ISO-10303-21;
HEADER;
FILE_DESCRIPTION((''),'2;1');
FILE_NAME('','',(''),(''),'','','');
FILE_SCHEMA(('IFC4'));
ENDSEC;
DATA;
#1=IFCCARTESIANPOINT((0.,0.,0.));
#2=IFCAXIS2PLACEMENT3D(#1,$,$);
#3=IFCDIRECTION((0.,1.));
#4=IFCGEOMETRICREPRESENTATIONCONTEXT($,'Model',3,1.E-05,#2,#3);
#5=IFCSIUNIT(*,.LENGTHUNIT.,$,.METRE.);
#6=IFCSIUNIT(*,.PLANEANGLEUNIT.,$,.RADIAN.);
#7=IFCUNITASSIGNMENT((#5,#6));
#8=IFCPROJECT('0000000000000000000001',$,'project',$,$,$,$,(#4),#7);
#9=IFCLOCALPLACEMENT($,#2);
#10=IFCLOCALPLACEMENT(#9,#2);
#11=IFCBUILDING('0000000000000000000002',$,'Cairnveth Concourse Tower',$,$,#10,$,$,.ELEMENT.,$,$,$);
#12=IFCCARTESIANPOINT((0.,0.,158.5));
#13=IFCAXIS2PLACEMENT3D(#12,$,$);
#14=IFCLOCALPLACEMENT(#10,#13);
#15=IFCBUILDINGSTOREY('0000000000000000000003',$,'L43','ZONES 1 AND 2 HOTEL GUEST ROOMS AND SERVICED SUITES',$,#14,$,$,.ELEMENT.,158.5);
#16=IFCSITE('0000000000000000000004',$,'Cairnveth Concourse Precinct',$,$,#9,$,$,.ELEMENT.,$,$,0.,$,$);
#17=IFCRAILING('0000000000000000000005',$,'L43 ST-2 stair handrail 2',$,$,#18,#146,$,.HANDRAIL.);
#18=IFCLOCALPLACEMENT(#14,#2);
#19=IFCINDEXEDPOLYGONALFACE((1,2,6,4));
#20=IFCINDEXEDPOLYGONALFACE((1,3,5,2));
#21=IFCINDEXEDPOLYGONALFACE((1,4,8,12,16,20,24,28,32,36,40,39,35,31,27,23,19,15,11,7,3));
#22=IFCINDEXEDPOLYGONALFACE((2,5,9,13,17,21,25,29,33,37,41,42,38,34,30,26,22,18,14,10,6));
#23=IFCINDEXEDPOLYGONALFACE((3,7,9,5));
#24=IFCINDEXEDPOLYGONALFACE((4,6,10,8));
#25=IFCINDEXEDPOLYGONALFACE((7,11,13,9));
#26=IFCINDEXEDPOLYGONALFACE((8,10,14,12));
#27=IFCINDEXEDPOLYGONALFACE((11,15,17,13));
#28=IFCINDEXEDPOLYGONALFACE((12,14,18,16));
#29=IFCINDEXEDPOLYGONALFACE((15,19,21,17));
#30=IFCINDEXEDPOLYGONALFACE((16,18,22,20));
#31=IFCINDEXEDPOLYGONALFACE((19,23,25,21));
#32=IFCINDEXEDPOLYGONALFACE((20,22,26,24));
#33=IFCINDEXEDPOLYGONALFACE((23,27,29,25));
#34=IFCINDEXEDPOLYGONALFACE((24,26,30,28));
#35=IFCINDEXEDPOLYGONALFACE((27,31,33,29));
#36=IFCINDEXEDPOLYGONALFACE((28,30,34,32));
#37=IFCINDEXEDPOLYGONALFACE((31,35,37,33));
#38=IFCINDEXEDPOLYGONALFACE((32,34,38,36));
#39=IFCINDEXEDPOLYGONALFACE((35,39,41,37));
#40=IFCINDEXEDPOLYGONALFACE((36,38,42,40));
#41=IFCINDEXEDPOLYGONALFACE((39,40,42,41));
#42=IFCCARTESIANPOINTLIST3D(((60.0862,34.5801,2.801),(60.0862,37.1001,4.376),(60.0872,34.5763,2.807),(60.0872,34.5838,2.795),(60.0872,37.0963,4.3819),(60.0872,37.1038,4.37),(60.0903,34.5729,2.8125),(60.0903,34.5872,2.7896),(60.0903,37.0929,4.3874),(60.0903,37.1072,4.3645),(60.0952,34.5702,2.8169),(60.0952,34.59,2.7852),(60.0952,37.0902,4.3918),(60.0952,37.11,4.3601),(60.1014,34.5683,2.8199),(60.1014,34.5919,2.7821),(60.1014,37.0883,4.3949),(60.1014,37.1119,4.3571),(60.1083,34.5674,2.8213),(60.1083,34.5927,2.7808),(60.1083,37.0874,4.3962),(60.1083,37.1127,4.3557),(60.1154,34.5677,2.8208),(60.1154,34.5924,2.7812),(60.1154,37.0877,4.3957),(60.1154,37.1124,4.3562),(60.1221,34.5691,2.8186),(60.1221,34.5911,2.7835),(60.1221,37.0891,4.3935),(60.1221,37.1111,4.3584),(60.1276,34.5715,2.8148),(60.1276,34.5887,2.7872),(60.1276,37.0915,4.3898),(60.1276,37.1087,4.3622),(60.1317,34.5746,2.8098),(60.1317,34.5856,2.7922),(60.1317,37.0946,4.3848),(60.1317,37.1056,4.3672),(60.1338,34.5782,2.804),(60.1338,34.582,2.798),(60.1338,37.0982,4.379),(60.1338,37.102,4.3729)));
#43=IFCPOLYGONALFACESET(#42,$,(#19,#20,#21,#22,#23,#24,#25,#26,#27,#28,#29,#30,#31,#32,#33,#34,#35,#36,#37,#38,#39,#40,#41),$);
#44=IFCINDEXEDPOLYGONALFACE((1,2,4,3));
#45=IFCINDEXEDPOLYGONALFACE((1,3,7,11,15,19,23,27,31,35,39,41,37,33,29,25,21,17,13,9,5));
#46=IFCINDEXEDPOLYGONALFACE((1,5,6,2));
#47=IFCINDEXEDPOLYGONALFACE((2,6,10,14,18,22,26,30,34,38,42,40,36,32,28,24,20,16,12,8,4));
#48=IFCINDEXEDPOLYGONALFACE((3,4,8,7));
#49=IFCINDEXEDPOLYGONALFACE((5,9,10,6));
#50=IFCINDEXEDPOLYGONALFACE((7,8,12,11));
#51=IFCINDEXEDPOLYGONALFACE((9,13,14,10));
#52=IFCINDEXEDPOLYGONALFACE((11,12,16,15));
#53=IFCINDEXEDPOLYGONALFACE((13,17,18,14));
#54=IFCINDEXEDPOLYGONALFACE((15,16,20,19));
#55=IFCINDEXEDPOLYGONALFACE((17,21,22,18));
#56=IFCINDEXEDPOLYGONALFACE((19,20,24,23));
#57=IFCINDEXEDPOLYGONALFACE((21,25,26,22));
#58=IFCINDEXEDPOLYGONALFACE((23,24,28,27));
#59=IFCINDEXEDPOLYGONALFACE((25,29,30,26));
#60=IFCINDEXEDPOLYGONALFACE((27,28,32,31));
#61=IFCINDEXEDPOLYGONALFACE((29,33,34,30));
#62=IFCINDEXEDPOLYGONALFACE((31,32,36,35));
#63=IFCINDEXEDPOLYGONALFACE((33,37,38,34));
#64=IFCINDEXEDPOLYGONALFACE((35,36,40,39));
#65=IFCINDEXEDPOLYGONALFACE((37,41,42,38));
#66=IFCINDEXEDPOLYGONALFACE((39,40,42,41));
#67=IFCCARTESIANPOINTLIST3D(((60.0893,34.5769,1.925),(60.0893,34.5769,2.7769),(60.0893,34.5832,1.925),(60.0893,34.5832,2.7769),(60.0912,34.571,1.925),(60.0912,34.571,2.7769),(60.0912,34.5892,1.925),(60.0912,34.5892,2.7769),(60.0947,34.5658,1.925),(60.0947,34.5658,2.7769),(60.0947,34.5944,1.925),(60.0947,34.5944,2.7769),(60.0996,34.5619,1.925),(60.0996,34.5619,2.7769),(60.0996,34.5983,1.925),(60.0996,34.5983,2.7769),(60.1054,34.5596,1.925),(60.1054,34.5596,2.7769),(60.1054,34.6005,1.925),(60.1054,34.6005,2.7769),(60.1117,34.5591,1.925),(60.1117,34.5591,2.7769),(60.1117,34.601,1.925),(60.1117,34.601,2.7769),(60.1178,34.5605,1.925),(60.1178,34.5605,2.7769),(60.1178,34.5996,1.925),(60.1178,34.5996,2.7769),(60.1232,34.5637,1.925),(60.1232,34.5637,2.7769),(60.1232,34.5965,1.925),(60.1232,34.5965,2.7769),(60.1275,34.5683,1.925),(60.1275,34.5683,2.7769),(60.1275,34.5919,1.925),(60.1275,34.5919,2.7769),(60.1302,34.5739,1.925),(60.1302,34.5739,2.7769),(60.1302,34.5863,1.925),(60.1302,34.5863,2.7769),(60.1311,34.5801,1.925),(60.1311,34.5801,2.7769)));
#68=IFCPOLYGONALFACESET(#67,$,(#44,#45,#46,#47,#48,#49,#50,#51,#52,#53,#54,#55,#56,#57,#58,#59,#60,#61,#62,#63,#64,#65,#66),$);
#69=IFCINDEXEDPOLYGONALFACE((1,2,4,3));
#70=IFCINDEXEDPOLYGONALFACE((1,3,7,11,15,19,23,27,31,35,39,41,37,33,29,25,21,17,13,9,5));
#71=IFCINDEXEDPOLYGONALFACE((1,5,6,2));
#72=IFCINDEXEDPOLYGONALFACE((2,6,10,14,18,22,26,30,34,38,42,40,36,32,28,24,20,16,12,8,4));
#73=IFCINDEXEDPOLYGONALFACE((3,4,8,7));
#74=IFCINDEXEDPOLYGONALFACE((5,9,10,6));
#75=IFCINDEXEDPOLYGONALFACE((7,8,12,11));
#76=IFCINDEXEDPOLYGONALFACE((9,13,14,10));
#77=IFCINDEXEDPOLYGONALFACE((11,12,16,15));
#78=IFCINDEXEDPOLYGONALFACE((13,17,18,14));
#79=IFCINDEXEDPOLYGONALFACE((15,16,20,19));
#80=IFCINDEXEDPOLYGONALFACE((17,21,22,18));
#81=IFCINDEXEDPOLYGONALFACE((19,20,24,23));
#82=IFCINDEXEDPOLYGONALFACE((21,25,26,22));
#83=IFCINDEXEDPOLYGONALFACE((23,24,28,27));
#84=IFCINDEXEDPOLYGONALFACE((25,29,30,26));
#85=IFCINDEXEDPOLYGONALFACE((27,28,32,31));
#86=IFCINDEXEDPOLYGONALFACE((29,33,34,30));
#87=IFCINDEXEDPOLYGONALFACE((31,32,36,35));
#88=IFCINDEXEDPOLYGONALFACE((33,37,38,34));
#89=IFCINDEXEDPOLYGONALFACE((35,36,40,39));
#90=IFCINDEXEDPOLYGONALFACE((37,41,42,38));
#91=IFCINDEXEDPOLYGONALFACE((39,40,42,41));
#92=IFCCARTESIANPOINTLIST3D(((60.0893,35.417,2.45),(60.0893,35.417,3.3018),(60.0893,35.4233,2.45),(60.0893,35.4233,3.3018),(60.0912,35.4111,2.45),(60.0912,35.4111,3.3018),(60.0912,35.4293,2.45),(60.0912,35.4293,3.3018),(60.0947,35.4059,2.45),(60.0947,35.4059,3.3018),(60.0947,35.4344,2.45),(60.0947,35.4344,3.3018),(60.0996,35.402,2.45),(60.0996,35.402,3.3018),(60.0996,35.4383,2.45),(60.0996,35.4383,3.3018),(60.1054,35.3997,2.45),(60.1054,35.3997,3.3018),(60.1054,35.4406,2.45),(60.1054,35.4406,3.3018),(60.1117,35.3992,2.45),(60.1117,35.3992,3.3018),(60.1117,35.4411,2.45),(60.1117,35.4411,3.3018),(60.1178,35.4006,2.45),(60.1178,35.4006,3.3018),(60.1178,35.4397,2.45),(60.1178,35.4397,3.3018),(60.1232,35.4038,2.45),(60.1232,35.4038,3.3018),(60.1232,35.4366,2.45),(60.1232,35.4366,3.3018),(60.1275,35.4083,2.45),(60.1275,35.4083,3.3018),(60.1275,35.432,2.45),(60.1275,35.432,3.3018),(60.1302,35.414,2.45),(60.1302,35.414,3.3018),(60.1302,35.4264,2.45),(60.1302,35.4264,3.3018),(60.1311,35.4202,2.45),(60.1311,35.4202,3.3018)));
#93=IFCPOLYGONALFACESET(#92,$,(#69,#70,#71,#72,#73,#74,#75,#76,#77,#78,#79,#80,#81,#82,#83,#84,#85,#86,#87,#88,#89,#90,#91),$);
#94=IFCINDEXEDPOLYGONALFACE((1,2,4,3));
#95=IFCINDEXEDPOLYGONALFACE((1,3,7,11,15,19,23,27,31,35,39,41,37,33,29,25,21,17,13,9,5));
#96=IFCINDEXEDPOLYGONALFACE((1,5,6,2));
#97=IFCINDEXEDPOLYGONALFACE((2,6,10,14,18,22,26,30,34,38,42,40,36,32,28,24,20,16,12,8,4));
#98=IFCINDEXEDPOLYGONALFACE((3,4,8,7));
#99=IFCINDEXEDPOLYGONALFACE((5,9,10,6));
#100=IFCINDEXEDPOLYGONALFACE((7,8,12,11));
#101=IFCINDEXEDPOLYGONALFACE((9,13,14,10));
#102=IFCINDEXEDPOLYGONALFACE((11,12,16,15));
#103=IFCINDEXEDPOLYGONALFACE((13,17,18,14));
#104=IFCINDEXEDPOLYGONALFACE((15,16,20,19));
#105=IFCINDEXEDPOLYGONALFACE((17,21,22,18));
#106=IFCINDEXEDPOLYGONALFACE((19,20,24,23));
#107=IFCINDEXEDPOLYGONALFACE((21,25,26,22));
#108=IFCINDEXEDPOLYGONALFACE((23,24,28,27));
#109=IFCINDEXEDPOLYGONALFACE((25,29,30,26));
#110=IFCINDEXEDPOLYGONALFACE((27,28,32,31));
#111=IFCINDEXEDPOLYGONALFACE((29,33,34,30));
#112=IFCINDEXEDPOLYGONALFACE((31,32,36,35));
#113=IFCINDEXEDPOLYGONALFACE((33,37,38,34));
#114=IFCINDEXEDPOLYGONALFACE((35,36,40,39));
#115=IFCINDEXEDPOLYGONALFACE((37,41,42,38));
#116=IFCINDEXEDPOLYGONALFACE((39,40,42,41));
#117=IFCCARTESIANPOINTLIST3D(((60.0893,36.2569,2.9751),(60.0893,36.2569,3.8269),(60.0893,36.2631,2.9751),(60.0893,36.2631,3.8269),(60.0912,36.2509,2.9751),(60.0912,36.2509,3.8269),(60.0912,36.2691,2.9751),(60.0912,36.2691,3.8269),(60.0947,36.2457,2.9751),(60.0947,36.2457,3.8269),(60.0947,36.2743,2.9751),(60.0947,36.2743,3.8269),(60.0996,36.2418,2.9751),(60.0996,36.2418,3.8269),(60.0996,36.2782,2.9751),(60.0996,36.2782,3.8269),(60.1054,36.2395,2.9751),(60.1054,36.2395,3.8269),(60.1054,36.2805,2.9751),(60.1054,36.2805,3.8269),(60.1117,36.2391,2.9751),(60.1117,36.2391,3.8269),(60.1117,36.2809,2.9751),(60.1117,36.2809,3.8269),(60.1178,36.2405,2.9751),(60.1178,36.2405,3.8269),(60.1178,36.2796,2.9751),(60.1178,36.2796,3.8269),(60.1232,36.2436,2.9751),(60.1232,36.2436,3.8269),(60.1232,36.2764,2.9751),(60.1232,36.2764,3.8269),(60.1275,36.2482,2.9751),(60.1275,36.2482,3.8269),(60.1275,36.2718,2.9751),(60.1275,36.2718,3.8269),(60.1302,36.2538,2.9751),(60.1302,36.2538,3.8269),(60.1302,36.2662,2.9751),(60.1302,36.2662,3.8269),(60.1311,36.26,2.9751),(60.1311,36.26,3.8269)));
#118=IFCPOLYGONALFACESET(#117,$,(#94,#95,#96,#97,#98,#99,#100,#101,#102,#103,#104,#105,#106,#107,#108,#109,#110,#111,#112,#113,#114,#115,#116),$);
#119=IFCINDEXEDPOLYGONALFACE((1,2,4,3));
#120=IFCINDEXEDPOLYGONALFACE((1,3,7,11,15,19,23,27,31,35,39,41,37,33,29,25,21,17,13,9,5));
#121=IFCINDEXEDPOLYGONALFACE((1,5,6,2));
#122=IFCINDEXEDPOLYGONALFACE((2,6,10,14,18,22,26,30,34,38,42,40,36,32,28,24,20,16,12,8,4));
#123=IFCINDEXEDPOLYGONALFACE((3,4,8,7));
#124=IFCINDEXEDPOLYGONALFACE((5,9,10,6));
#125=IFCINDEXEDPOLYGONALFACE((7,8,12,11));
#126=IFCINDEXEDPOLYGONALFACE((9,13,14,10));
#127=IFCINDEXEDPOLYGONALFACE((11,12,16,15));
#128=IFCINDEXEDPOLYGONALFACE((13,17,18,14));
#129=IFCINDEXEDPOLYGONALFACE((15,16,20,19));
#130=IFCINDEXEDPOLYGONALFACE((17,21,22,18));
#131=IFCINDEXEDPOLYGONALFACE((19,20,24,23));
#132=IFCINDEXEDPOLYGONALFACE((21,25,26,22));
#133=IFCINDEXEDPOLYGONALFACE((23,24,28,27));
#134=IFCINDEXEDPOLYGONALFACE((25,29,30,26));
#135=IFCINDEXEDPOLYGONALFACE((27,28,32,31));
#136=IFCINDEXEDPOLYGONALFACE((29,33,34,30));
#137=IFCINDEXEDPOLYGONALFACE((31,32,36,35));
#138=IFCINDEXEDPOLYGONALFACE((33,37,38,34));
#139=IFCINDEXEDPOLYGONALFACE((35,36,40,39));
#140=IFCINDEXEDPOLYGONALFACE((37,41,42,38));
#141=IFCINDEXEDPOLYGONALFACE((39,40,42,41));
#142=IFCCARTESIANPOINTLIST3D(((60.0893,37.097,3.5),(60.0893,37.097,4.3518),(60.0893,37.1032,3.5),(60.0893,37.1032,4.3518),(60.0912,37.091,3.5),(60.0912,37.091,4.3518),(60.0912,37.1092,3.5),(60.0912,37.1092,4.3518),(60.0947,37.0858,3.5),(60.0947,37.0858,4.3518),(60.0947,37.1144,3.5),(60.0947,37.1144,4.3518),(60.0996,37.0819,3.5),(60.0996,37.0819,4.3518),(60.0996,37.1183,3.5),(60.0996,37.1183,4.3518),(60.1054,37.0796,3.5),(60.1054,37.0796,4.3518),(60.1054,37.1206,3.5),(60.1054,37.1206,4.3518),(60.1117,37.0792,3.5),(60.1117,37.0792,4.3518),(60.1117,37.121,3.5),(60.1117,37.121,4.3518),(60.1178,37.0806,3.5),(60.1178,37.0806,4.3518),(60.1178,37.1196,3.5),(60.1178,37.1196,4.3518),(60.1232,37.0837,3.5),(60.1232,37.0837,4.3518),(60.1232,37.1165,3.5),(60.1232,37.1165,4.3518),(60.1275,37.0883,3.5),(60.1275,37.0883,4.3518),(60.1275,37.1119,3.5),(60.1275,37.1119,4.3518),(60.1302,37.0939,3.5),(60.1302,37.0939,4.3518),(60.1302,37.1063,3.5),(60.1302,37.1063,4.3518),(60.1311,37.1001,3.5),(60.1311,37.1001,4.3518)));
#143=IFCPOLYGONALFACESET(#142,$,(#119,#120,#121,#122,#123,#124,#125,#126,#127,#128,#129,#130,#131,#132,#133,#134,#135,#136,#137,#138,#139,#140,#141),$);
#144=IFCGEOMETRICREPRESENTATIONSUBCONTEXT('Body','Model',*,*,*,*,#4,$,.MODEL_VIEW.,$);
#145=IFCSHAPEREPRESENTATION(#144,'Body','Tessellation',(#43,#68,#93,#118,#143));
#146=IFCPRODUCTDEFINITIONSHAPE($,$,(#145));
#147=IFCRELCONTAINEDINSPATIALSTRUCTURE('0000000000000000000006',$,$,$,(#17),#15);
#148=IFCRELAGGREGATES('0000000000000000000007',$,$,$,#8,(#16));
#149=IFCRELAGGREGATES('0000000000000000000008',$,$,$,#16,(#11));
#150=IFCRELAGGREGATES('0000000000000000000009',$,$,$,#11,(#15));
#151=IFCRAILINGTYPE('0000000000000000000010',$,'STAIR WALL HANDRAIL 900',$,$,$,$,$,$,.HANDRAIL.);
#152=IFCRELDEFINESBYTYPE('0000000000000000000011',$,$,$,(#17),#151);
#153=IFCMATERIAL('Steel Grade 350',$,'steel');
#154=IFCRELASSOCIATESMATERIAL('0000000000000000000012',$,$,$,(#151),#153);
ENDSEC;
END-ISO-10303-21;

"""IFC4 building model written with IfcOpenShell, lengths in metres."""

from ifc_helpers import new_model, si_unit, direction, frame, origin, origin_2d, place, context, subcontext, project, spatial, circle, extrude, material, type_object, element, save


model = new_model("IFC4")

# Units and contexts
model_context = context("Model", 3, precision=1e-05, world=origin(), true_north=direction((0.0, 1.0)))
body_context = subcontext(model_context, "Body", "Model", "MODEL_VIEW")
ifc_project = project(units=[si_unit("LENGTHUNIT", "METRE"), si_unit("PLANEANGLEUNIT", "RADIAN")], contexts=[model_context])

# Site, building, storey
site_placement = place(None, origin())
site = spatial("IfcSite", under=ifc_project, at=site_placement, Name="Cairnveth Concourse Precinct", CompositionType="ELEMENT", RefElevation=0.0)
building_placement = place(site_placement, origin())
building = spatial("IfcBuilding", under=site, at=building_placement, Name="Cairnveth Concourse Tower", CompositionType="ELEMENT")
storey_placement = place(building_placement, frame((0.0, 0.0, 158.5)))
storey = spatial("IfcBuildingStorey", under=building, at=storey_placement, Name="L43", Description="ZONES 1 AND 2 HOTEL GUEST ROOMS AND SERVICED SUITES", CompositionType="ELEMENT", Elevation=158.5)

# Shared definitions
ifc_material_1 = material(Name="Steel Grade 350", Category="steel")

# Railing
railing_type_1 = type_object("IfcRailingType", Name="STAIR WALL HANDRAIL 900", PredefinedType="HANDRAIL", material=ifc_material_1)
railing_1_placement = place(storey_placement, frame((60.1101, 34.5801, 1.925)))
element("IfcRailing", 1, at=railing_1_placement, inside=storey, type_object=railing_type_1, Name="L43 ST-2 stair handrail 2", PredefinedType="HANDRAIL", context=body_context, shape_type="SweptSolid", body=[
    extrude(circle(Radius=0.0239, at=origin_2d()), frame((0.0, 0.0, 0.876), z_axis=(0.0, 0.848008, 0.529984), x_axis=(-1.0, 0.0, 0.0)), (0.0, 0.0, 1.0), 2.9717),
    extrude(circle(Radius=0.021, at=origin_2d()), origin(), (0.0, 0.0, 1.0), 0.8518),
    extrude(circle(Radius=0.021, at=origin_2d()), frame((0.0, 0.8401, 0.5249)), (0.0, 0.0, 1.0), 0.8518),
    extrude(circle(Radius=0.021, at=origin_2d()), frame((0.0, 1.6799, 1.05)), (0.0, 0.0, 1.0), 0.8518),
    extrude(circle(Radius=0.021, at=origin_2d()), frame((0.0, 2.52, 1.575)), (0.0, 0.0, 1.0), 0.8518),
])

save(model, "model.ifc")
